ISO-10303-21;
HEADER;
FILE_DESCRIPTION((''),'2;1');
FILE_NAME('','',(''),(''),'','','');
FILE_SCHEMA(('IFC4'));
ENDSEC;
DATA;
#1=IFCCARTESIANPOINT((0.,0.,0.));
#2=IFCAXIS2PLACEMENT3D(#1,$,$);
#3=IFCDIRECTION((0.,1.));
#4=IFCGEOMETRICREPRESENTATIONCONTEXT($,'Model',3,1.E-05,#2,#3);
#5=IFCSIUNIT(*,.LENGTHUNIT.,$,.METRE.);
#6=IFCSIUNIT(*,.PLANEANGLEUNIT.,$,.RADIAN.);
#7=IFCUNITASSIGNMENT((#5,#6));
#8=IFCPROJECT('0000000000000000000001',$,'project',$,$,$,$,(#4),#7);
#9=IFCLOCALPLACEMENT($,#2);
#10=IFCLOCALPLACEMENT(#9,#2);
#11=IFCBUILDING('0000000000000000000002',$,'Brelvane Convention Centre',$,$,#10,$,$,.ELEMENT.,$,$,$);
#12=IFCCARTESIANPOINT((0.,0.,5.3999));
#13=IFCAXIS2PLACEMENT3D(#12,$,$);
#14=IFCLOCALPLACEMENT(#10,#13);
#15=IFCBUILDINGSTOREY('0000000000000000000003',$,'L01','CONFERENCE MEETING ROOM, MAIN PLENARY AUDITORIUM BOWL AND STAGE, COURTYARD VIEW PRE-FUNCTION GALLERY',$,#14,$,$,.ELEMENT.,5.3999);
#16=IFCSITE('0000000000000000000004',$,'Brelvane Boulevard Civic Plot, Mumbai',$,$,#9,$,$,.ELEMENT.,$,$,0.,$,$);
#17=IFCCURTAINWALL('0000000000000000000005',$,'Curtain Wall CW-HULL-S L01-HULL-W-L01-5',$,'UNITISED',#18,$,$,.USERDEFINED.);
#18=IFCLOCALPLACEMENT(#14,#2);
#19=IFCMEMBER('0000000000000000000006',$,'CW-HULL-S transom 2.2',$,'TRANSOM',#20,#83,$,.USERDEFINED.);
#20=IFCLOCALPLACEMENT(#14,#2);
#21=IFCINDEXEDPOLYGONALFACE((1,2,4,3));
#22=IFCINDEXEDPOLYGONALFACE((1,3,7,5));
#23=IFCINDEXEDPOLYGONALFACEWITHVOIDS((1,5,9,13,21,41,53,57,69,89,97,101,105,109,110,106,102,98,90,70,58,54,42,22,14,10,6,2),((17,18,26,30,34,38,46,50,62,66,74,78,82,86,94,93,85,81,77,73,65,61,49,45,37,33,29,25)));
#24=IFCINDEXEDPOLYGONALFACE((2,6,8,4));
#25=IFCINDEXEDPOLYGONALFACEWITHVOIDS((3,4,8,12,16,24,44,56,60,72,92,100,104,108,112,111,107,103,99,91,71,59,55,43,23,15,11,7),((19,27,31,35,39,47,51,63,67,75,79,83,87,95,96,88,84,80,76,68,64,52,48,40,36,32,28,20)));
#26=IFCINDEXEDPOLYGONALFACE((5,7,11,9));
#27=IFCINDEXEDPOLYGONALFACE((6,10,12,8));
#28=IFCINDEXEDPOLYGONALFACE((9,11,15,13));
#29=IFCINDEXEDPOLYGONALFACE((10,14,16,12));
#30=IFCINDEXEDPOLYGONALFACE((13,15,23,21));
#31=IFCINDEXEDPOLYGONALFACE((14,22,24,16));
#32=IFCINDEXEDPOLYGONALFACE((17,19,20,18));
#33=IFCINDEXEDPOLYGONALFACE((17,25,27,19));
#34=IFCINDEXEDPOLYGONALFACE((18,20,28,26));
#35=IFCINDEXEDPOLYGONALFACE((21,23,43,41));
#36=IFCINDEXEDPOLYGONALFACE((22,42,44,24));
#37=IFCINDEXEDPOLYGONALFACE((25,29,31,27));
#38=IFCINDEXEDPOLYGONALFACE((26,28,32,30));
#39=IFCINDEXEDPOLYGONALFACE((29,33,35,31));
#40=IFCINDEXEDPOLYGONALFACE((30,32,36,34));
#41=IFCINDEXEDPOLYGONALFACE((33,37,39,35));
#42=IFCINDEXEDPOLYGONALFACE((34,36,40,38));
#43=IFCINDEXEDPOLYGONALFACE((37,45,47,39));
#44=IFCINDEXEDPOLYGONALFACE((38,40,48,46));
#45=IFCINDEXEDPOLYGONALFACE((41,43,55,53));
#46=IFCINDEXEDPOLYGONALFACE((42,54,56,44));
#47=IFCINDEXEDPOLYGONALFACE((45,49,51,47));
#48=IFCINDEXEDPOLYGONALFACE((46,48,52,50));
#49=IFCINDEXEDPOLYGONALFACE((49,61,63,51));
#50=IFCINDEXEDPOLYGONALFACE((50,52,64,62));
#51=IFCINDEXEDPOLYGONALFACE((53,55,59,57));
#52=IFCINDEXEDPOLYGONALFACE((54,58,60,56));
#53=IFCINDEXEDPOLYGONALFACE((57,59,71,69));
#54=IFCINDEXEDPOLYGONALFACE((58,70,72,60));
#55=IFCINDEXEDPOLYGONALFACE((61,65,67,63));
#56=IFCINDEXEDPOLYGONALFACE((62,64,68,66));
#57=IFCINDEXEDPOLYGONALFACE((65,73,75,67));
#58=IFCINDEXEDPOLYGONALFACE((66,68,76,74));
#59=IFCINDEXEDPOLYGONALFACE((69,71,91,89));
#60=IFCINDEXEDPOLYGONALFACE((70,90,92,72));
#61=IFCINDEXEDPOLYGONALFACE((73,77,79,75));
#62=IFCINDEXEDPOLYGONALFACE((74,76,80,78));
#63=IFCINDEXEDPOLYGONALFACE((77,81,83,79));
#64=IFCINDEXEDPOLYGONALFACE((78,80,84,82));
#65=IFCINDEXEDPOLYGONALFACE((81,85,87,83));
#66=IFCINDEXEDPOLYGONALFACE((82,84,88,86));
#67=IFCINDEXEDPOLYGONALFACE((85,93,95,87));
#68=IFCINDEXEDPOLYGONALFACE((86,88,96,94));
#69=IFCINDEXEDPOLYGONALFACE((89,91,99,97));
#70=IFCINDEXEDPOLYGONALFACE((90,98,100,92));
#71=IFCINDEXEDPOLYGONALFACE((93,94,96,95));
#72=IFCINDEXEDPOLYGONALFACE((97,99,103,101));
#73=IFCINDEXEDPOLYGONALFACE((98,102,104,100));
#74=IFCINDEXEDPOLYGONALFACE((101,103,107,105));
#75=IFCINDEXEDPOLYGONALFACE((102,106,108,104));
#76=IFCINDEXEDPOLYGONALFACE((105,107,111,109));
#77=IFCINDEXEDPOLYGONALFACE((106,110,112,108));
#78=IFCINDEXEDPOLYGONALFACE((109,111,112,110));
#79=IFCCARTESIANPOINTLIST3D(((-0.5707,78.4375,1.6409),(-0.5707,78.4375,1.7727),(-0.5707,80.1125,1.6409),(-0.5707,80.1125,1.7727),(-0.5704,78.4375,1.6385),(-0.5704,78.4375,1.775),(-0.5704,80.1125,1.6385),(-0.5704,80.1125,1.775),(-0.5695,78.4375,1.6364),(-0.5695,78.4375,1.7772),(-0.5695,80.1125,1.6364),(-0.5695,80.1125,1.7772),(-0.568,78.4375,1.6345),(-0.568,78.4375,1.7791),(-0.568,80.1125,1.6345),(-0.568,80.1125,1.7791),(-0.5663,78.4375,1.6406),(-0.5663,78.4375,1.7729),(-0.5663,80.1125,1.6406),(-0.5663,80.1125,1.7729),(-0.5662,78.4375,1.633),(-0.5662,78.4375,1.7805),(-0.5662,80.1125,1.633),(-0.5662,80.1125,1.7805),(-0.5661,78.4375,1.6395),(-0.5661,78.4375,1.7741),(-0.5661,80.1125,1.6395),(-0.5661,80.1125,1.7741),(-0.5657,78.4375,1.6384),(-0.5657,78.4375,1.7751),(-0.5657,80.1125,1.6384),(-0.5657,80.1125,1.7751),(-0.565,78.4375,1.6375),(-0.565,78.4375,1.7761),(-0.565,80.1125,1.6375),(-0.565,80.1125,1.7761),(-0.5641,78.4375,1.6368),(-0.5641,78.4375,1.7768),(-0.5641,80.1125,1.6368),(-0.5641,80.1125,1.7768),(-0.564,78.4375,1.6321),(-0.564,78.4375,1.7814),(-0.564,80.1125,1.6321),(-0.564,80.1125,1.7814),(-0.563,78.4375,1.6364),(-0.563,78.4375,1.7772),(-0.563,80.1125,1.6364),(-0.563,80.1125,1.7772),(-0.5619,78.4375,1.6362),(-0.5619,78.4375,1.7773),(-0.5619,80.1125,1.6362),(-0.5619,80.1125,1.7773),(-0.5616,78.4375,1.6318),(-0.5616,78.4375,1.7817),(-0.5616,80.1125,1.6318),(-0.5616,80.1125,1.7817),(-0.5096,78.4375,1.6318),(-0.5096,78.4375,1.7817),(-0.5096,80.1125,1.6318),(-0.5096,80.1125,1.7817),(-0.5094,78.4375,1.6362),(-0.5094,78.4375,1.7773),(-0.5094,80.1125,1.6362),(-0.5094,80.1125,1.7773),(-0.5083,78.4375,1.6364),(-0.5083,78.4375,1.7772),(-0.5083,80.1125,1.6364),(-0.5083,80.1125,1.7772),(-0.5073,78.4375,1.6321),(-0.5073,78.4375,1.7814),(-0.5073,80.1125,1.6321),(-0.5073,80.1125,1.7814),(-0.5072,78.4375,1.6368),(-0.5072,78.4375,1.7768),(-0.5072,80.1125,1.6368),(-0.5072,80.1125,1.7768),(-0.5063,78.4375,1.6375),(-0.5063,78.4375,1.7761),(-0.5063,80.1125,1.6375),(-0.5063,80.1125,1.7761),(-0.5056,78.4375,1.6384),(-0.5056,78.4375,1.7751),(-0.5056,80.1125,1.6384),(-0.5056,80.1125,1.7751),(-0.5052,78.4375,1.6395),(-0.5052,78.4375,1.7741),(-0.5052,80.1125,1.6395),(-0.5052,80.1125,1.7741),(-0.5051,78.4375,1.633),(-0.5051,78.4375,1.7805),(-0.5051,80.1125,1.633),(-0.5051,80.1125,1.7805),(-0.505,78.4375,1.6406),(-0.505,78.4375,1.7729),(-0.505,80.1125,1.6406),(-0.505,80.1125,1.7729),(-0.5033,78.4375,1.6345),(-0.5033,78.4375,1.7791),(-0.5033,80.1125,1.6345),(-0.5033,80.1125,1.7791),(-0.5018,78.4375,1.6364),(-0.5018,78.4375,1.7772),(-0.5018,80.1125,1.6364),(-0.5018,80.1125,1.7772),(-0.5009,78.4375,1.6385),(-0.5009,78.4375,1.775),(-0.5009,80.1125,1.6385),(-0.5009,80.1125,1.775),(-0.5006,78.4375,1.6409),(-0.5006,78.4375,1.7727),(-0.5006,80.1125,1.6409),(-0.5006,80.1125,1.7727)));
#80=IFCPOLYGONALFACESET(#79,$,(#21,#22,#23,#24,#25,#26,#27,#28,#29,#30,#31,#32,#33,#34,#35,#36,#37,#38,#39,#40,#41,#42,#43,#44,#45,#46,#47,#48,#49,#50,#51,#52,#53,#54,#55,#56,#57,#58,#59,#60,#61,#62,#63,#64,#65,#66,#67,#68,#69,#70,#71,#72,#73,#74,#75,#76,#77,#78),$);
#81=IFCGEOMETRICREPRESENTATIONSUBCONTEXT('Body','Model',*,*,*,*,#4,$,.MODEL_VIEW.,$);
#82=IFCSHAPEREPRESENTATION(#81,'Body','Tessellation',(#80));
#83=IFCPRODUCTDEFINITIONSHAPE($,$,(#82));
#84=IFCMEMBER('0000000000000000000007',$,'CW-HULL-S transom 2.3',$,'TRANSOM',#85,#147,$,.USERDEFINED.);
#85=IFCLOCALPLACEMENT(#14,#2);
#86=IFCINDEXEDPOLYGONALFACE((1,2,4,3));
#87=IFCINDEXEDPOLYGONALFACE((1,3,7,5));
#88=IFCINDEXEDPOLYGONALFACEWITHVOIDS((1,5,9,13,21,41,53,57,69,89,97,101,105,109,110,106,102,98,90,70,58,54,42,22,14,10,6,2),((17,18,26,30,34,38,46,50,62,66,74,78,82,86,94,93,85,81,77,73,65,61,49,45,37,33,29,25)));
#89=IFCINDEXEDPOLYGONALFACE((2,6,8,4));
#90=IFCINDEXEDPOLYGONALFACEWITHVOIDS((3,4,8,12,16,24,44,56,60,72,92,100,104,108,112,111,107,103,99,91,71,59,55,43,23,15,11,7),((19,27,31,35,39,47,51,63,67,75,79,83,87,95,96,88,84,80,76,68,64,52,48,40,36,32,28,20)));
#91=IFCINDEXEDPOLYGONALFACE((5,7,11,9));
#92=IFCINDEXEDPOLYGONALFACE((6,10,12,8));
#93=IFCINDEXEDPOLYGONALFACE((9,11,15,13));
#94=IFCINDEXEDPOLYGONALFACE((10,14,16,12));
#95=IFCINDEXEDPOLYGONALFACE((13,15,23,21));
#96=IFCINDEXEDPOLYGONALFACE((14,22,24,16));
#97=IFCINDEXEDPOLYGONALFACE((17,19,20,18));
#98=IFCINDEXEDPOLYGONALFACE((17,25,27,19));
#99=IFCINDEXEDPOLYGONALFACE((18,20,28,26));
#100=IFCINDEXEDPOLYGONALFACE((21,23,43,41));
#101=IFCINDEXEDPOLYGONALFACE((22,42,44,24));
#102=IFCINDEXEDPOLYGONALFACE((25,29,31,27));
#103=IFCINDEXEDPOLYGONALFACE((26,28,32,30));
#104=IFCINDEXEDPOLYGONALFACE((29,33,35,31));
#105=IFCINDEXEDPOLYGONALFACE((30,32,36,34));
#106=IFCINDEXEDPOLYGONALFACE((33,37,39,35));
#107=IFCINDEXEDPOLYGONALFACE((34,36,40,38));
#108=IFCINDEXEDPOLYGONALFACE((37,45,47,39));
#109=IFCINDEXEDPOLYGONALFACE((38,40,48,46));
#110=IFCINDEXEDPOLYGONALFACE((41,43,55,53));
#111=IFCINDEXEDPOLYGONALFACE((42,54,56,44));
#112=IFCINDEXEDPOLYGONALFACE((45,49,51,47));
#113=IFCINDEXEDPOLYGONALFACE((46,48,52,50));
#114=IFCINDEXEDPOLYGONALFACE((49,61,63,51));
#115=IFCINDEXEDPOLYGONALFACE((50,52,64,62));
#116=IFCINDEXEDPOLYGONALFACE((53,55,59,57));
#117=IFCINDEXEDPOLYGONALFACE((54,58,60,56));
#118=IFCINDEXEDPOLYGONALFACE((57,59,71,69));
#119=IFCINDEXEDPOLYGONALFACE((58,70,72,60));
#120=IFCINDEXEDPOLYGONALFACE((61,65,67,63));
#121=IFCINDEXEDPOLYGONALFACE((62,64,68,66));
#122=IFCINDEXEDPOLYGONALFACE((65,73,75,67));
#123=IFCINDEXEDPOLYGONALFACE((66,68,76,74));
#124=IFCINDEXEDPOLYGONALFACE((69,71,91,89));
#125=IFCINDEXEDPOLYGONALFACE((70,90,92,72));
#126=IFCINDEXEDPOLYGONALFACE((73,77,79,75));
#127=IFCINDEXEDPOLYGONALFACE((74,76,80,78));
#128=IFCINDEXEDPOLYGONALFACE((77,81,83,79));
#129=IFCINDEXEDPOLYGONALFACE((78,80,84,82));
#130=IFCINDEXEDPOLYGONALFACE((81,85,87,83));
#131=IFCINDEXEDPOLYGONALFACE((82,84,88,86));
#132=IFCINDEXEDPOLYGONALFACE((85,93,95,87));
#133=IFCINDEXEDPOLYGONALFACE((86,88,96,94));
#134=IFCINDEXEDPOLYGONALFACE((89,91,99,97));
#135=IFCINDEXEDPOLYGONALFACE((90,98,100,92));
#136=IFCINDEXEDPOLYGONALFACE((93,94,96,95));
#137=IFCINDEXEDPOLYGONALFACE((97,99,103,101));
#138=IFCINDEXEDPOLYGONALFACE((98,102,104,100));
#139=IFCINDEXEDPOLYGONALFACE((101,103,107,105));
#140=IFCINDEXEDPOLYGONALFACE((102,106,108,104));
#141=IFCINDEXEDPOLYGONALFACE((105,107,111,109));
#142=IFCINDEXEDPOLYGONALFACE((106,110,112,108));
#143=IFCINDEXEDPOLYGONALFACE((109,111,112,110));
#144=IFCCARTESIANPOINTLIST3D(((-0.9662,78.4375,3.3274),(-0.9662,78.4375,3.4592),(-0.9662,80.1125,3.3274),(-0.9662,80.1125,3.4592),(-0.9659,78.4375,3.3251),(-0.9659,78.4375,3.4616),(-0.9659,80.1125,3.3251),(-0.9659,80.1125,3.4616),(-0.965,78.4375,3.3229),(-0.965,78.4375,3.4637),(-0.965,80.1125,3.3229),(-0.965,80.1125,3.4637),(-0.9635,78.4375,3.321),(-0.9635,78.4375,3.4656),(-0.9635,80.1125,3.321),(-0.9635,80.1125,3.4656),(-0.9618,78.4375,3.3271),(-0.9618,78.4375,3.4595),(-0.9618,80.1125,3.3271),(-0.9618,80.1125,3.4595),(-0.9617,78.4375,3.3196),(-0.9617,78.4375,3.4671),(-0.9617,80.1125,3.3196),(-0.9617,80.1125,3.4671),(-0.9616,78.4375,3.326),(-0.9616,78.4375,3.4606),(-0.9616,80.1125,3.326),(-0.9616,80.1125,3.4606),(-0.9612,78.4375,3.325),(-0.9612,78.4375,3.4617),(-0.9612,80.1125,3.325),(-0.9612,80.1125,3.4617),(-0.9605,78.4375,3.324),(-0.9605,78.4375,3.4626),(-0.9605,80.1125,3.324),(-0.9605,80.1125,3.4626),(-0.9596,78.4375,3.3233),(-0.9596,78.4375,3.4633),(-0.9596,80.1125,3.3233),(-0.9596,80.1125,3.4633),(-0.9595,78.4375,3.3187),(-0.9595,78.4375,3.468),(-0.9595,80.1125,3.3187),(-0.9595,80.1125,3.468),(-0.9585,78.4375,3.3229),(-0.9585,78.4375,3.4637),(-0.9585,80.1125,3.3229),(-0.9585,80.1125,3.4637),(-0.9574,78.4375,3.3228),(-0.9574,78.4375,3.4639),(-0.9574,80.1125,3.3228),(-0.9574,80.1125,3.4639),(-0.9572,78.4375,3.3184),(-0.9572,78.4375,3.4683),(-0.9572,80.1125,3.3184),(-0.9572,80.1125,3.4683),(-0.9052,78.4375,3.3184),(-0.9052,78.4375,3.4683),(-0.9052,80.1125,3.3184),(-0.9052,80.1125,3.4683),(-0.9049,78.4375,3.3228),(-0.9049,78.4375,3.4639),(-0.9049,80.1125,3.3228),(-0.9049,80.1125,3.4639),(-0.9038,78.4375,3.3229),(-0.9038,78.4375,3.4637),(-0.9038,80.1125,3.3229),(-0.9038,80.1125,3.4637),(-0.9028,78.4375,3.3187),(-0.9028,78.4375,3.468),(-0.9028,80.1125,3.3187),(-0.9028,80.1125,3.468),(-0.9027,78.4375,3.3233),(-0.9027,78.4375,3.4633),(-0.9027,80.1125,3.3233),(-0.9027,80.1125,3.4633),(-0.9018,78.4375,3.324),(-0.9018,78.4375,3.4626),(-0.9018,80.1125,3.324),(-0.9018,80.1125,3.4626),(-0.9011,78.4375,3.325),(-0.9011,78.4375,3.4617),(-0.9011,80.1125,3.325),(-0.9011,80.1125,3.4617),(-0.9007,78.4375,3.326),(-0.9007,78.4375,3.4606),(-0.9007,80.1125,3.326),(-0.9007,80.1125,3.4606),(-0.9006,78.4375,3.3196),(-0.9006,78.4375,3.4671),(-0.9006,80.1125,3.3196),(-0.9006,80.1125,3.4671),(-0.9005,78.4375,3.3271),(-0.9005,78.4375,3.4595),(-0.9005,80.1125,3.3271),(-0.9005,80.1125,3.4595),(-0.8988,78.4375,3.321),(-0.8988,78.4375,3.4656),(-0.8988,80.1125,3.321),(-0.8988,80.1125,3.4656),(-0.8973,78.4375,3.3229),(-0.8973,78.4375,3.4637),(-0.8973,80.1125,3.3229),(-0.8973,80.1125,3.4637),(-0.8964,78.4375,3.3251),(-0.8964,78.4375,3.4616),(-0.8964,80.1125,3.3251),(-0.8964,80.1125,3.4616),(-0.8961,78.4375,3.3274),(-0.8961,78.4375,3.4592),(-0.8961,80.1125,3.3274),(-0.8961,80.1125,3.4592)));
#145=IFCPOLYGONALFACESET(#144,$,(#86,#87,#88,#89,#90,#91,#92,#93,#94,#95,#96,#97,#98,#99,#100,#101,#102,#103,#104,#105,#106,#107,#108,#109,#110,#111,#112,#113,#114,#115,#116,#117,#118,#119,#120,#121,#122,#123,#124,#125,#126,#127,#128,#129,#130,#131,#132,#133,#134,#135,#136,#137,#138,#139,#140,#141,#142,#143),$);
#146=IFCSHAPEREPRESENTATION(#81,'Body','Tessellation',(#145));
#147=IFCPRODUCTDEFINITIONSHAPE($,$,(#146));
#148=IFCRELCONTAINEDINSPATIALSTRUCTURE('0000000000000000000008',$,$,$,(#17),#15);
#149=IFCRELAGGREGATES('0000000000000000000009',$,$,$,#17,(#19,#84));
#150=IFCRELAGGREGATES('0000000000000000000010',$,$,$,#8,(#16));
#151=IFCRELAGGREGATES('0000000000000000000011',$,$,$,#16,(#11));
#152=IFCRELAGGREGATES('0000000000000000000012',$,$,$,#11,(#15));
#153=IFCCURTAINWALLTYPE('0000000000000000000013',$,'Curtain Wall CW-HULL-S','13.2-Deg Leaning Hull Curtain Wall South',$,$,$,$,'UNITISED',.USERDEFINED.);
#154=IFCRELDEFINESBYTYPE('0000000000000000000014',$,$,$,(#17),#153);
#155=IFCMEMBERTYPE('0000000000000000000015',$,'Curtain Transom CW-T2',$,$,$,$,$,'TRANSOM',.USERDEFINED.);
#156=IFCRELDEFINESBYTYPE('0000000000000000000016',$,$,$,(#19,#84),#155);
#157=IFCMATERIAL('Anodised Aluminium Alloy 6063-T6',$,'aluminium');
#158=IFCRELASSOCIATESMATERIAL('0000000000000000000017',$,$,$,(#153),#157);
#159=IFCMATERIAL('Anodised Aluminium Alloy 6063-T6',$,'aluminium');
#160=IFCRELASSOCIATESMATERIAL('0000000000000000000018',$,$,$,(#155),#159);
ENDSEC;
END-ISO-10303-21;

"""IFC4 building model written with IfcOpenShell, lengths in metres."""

from ifc_helpers import new_model, si_unit, direction, frame, origin, origin_2d, place, context, subcontext, project, spatial, hollow_rectangle, extrude, material, material_profile, profile_set, type_object, element, aggregate, save


model = new_model("IFC4")

# Units and contexts
model_context = context("Model", 3, precision=1e-05, world=origin(), true_north=direction((0.0, 1.0)))
body_context = subcontext(model_context, "Body", "Model", "MODEL_VIEW")
ifc_project = project(units=[si_unit("LENGTHUNIT", "METRE"), si_unit("PLANEANGLEUNIT", "RADIAN")], contexts=[model_context])

# Site, building, storey
site_placement = place(None, origin())
site = spatial("IfcSite", under=ifc_project, at=site_placement, Name="Brelvane Boulevard Civic Plot, Mumbai", CompositionType="ELEMENT", RefElevation=0.0)
building_placement = place(site_placement, origin())
building = spatial("IfcBuilding", under=site, at=building_placement, Name="Brelvane Convention Centre", CompositionType="ELEMENT")
storey_placement = place(building_placement, frame((0.0, 0.0, 5.3999)))
storey = spatial("IfcBuildingStorey", under=building, at=storey_placement, Name="L01", Description="CONFERENCE MEETING ROOM, MAIN PLENARY AUDITORIUM BOWL AND STAGE, COURTYARD VIEW PRE-FUNCTION GALLERY", CompositionType="ELEMENT", Elevation=5.3999)

# Curtain wall
ifc_material_1 = material(Name="Anodised Aluminium Alloy 6063-T6", Category="aluminium")
curtain_wall_type = type_object("IfcCurtainWallType", Name="Curtain Wall CW-HULL-S", Description="13.2-Deg Leaning Hull Curtain Wall South", ElementType="UNITISED", PredefinedType="USERDEFINED", material=ifc_material_1)
curtain_wall_1_placement = place(storey_placement, origin())
curtain_wall_1 = element("IfcCurtainWall", 1, at=curtain_wall_1_placement, inside=storey, type_object=curtain_wall_type, Name="Curtain Wall CW-HULL-S L01-HULL-W-L01-5", ObjectType="UNITISED", PredefinedType="USERDEFINED")

# Members
ifc_material_2 = material(Name="Anodised Aluminium Alloy 6063-T6", Category="aluminium")
ifc_material_profile_1 = material_profile(ifc_material_2, hollow_rectangle(XDim=0.0701, YDim=0.1499, WallThickness=0.0044, InnerFilletRadius=0.0044, OuterFilletRadius=0.009, at=origin_2d()), Name="ALU-T 150x70x4.5")
ifc_profile_set_1 = profile_set([ifc_material_profile_1], Name="Anodised Aluminium Alloy 6063-T6")
member_type_1 = type_object("IfcMemberType", Name="Curtain Transom CW-T2", ElementType="TRANSOM", PredefinedType="USERDEFINED", material=ifc_profile_set_1)
member_1_placement = place(storey_placement, frame((-0.5356, 78.4375, 1.7068), z_axis=(0.0, 1.0, 0.0), x_axis=(-1.0, 0.0, 0.0)))
member_1 = element("IfcMember", 2, at=member_1_placement, type_object=member_type_1, Name="CW-HULL-S transom 2.2", ObjectType="TRANSOM", PredefinedType="USERDEFINED", context=body_context, shape_type="SweptSolid", body=[
    extrude(hollow_rectangle(XDim=0.0701, YDim=0.1499, WallThickness=0.0044, InnerFilletRadius=0.0044, OuterFilletRadius=0.009, at=origin_2d()), origin(), (0.0, 0.0, 1.0), 1.675),
])
member_2_placement = place(storey_placement, frame((-0.9312, 78.4375, 3.3933), z_axis=(0.0, 1.0, 0.0), x_axis=(-1.0, 0.0, 0.0)))
member_2 = element("IfcMember", 3, at=member_2_placement, type_object=member_type_1, Name="CW-HULL-S transom 2.3", ObjectType="TRANSOM", PredefinedType="USERDEFINED", context=body_context, shape_type="SweptSolid", body=[
    extrude(hollow_rectangle(XDim=0.0701, YDim=0.1499, WallThickness=0.0044, InnerFilletRadius=0.0044, OuterFilletRadius=0.009, at=origin_2d()), origin(), (0.0, 0.0, 1.0), 1.675),
])

aggregate(curtain_wall_1, [member_1, member_2])

save(model, "model.ifc")
